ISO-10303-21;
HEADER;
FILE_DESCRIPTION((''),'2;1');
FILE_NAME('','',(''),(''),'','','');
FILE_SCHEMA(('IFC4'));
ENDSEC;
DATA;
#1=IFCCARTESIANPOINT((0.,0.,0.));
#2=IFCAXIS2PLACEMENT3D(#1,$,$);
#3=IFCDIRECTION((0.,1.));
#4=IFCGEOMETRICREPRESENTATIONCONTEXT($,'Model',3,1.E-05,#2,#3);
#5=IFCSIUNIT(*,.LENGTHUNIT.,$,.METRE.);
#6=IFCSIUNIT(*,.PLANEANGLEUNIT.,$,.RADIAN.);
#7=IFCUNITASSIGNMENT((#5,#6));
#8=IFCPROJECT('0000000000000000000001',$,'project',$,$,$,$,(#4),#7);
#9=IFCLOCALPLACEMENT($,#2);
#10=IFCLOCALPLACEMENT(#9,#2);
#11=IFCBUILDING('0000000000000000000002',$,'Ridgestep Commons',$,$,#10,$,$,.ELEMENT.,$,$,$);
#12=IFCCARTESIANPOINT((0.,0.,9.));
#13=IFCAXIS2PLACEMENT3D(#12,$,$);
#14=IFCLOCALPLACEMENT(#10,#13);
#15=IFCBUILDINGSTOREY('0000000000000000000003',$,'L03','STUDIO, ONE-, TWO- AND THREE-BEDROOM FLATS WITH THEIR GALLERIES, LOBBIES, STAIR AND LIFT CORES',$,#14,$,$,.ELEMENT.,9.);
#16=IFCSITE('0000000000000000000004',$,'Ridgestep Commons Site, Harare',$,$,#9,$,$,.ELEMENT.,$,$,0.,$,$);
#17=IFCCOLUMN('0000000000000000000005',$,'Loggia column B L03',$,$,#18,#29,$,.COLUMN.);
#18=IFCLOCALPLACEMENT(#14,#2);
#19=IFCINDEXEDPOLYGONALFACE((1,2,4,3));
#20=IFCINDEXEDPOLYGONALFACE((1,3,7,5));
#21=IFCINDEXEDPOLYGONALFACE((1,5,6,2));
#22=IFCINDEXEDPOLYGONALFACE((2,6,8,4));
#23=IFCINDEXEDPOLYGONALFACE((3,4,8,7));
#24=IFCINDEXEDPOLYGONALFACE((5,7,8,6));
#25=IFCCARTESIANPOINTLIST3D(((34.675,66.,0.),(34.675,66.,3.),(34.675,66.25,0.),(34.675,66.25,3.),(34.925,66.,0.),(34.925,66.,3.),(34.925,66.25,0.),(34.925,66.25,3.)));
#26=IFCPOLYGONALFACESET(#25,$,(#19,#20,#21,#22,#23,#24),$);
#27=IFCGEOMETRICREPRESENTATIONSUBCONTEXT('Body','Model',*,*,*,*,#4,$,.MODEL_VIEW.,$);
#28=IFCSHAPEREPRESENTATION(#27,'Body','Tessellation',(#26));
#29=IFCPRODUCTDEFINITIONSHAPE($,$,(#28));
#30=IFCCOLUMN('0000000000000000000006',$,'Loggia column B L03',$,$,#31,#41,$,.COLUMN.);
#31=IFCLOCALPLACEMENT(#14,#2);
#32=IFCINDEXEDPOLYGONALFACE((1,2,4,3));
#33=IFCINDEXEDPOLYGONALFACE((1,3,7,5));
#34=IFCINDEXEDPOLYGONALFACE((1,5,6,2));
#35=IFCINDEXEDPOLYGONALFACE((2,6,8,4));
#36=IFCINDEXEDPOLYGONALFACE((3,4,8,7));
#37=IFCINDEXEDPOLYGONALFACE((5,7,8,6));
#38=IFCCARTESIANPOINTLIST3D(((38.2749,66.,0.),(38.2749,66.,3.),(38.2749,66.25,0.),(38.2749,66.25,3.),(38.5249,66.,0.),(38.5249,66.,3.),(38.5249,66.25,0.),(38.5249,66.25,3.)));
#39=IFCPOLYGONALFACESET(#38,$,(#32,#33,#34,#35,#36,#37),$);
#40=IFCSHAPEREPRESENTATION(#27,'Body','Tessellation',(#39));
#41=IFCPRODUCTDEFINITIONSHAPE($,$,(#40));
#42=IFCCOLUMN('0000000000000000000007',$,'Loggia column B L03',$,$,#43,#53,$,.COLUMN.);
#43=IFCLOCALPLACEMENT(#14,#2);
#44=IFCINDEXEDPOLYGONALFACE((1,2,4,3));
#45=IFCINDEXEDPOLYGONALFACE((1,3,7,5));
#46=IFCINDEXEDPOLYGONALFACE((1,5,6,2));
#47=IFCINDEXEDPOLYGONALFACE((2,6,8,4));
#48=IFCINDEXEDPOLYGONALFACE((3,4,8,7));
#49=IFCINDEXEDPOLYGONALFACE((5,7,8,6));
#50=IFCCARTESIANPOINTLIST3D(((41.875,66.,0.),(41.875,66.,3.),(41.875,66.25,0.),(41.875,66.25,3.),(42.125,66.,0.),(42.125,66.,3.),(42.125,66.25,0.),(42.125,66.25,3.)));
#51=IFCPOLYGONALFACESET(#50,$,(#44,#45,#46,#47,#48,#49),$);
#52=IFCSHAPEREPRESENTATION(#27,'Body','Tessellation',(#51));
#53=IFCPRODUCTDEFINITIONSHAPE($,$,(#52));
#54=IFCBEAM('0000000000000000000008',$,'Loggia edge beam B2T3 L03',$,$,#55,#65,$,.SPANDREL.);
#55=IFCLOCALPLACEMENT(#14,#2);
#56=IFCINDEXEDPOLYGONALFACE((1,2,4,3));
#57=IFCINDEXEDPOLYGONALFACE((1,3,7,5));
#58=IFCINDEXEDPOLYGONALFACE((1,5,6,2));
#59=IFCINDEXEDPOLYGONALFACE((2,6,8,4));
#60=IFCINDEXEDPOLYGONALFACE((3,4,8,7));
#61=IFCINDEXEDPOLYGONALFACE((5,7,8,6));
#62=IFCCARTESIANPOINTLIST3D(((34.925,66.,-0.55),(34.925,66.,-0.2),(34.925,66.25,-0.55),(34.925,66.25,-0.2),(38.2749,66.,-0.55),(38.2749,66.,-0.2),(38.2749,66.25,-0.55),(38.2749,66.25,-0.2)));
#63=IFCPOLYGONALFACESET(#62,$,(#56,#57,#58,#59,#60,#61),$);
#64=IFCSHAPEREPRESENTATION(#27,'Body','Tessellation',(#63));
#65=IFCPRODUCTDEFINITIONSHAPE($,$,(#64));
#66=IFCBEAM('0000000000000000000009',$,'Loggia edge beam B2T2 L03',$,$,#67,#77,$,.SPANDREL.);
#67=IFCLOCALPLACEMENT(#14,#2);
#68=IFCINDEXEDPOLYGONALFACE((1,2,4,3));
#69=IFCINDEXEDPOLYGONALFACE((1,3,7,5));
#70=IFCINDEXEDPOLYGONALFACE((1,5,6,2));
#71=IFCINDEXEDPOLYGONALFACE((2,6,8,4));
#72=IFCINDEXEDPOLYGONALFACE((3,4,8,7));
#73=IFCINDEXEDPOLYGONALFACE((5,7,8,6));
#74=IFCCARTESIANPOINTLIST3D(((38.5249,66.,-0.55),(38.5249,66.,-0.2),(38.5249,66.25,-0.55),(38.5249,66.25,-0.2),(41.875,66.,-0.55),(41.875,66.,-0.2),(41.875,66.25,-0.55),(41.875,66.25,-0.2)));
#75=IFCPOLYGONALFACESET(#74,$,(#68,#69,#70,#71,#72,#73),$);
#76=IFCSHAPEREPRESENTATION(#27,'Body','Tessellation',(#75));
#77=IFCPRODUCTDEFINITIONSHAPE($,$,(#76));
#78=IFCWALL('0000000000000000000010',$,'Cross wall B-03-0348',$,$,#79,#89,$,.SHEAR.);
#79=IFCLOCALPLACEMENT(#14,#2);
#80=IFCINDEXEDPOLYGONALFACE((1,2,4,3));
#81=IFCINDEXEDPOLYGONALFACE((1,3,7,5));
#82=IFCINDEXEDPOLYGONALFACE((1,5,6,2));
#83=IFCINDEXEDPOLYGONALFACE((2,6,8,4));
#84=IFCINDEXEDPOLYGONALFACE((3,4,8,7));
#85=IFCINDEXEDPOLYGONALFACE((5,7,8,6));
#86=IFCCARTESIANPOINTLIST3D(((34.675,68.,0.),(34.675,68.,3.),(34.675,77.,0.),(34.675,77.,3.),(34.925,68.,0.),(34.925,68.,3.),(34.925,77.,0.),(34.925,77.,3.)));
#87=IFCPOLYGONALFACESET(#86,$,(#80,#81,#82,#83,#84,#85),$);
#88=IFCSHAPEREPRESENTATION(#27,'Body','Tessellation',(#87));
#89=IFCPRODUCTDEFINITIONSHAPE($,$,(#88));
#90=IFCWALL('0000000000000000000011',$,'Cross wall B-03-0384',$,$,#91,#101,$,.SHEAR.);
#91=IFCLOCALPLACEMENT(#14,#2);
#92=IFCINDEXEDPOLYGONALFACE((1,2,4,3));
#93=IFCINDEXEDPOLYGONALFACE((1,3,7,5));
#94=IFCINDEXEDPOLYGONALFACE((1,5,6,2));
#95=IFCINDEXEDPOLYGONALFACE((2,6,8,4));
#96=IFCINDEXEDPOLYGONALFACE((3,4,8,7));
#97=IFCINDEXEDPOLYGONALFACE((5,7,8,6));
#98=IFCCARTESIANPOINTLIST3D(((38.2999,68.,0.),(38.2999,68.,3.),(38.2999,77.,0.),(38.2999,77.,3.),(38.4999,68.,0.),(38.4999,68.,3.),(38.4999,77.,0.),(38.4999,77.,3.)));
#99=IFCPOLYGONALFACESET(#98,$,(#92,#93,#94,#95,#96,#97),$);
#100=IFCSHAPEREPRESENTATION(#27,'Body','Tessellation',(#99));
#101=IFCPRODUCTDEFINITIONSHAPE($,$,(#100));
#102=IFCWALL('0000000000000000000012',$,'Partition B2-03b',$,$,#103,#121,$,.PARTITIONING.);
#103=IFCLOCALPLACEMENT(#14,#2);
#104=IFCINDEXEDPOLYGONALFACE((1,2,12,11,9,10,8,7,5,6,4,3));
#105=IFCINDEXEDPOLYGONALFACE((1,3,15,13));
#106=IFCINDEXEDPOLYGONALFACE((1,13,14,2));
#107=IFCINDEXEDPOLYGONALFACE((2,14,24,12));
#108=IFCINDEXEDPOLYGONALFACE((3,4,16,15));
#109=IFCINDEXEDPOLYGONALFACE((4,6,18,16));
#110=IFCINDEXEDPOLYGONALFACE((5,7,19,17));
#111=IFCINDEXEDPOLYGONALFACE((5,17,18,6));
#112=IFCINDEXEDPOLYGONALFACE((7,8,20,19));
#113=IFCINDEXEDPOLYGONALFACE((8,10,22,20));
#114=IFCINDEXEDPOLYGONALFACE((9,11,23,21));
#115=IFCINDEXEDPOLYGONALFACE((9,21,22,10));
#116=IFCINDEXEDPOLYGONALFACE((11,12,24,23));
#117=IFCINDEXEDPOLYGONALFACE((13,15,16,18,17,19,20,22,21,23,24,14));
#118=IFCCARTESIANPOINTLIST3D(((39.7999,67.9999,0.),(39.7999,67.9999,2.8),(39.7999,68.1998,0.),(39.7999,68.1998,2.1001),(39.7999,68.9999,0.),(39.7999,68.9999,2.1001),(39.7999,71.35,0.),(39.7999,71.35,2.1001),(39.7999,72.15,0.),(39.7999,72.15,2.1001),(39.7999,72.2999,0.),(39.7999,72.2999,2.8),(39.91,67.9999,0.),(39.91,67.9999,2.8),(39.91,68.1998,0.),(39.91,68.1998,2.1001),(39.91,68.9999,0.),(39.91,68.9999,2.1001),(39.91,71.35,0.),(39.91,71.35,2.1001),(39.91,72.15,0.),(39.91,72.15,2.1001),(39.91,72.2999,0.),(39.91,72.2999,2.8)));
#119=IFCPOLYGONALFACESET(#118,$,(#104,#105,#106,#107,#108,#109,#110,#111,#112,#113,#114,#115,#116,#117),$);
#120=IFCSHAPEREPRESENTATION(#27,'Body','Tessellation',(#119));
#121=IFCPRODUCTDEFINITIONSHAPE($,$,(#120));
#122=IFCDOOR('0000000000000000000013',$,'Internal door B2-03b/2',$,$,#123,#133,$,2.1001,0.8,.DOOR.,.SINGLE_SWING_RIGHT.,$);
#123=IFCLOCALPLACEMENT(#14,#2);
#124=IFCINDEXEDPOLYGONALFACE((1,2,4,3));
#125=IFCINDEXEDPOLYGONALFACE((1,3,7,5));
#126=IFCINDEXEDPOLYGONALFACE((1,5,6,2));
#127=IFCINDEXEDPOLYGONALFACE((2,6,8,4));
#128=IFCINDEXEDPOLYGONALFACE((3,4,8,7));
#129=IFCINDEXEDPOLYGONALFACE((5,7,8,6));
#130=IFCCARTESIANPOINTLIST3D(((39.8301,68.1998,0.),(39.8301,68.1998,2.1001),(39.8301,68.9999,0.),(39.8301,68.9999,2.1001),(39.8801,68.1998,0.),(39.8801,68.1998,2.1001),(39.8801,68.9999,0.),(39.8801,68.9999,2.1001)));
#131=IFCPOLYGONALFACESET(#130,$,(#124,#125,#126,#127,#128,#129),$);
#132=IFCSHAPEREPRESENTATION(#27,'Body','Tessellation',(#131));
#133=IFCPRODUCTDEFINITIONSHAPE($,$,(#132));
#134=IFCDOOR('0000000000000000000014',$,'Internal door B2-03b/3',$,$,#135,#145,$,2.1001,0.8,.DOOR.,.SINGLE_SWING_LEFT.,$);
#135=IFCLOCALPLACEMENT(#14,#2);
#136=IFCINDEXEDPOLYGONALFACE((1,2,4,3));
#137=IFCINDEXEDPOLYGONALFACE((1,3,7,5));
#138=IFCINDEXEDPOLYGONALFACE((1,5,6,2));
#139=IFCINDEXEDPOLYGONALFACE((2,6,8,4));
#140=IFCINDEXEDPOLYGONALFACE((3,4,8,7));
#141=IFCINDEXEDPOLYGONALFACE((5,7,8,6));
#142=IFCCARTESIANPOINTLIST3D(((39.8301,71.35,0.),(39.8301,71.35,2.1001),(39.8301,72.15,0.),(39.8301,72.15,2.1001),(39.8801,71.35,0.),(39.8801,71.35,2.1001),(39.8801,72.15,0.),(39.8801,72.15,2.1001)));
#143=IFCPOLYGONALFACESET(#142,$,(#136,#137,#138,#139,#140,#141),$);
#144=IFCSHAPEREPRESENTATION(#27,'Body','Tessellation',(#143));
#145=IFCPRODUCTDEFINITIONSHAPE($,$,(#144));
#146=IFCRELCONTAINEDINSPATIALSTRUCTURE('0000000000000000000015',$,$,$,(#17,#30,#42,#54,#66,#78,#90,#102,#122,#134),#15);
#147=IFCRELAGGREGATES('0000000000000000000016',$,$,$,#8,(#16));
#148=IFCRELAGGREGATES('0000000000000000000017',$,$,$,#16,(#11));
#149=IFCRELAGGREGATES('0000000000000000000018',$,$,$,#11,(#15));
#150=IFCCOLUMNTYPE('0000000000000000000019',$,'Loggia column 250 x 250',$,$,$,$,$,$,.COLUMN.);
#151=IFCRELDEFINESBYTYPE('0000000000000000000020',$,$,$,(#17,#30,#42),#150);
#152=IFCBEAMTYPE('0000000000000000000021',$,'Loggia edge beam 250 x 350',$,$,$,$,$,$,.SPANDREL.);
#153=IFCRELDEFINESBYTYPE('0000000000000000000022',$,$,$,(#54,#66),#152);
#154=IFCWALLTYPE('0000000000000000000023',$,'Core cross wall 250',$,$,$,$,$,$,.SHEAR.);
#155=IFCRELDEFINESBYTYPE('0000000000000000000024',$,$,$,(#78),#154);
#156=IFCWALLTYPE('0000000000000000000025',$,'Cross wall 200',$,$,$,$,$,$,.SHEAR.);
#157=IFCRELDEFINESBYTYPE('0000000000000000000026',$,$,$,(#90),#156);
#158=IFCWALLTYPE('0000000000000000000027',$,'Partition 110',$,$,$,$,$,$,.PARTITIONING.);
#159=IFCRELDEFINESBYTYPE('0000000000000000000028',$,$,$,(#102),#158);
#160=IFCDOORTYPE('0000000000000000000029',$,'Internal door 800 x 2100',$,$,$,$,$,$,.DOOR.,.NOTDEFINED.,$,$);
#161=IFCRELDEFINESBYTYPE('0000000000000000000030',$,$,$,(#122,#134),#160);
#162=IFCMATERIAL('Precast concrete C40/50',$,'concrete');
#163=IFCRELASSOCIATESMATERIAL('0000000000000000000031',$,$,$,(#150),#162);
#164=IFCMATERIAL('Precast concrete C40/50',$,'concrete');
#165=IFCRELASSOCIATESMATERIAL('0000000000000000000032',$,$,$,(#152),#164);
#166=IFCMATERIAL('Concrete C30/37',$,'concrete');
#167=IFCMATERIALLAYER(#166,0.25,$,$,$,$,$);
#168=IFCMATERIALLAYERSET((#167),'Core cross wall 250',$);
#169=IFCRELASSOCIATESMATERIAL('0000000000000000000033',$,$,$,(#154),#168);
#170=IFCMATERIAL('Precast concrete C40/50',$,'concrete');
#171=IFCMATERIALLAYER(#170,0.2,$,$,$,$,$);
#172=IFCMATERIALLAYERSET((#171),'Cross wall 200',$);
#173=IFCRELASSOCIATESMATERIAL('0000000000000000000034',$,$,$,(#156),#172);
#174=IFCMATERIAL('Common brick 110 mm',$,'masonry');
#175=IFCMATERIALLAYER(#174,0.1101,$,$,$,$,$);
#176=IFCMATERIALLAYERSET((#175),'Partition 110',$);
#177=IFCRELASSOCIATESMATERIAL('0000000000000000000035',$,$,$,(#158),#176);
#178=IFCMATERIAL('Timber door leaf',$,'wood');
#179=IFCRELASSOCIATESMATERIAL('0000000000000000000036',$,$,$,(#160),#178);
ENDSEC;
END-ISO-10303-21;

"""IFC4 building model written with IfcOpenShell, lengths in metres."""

from ifc_helpers import new_model, si_unit, direction, frame, frame_2d, origin, origin_2d, place, context, subcontext, project, spatial, rectangle, extrude, material, layer, layer_set, material_profile, profile_set, type_object, element, fill, save


model = new_model("IFC4")

# Units and contexts
model_context = context("Model", 3, precision=1e-05, world=origin(), true_north=direction((0.0, 1.0)))
body_context = subcontext(model_context, "Body", "Model", "MODEL_VIEW")
ifc_project = project(units=[si_unit("LENGTHUNIT", "METRE"), si_unit("PLANEANGLEUNIT", "RADIAN")], contexts=[model_context])

# Site, building, storey
site_placement = place(None, origin())
site = spatial("IfcSite", under=ifc_project, at=site_placement, Name="Ridgestep Commons Site, Harare", CompositionType="ELEMENT", RefElevation=0.0)
building_placement = place(site_placement, origin())
building = spatial("IfcBuilding", under=site, at=building_placement, Name="Ridgestep Commons", CompositionType="ELEMENT")
storey_placement = place(building_placement, frame((0.0, 0.0, 9.0)))
storey = spatial("IfcBuildingStorey", under=building, at=storey_placement, Name="L03", Description="STUDIO, ONE-, TWO- AND THREE-BEDROOM FLATS WITH THEIR GALLERIES, LOBBIES, STAIR AND LIFT CORES", CompositionType="ELEMENT", Elevation=9.0)

# Columns
ifc_material_1 = material(Name="Precast concrete C40/50", Category="concrete")
ifc_material_profile_1 = material_profile(ifc_material_1, rectangle(XDim=0.25, YDim=0.25, at=origin_2d()), Name="PC 250x250")
ifc_profile_set_1 = profile_set([ifc_material_profile_1], Name="Precast concrete C40/50")
column_type = type_object("IfcColumnType", Name="Loggia column 250 x 250", PredefinedType="COLUMN", material=ifc_profile_set_1)
for number, where, z_axis, x_axis, name in (
    (1, (34.8, 66.125, 0.0), (0.0, 0.0, 1.0), (1.0, 0.0, 0.0), "Loggia column B L03"),
    (2, (38.3999, 66.125, 0.0), (0.0, 0.0, 1.0), (1.0, 0.0, 0.0), "Loggia column B L03"),
    (3, (42.0, 66.125, 0.0), (0.0, 0.0, 1.0), (1.0, 0.0, 0.0), "Loggia column B L03"),
):
    element("IfcColumn", number, at=place(storey_placement, frame(where, z_axis=z_axis, x_axis=x_axis)), inside=storey, type_object=column_type, Name=name, PredefinedType="COLUMN", context=body_context, shape_type="SweptSolid", body=[
        extrude(rectangle(XDim=0.25, YDim=0.25, at=origin_2d()), origin(), (0.0, 0.0, 1.0), 3.0),
    ])

# Beams
ifc_material_2 = material(Name="Precast concrete C40/50", Category="concrete")
ifc_material_profile_2 = material_profile(ifc_material_2, rectangle(XDim=0.25, YDim=0.3501, at=origin_2d()), Name="PC 250x350")
ifc_profile_set_2 = profile_set([ifc_material_profile_2], Name="Precast concrete C40/50")
beam_type = type_object("IfcBeamType", Name="Loggia edge beam 250 x 350", PredefinedType="SPANDREL", material=ifc_profile_set_2)
beam_1_placement = place(storey_placement, frame((34.925, 66.125, -0.375), z_axis=(1.0, 0.0, 0.0), x_axis=(0.0, 1.0, 0.0)))
element("IfcBeam", 4, at=beam_1_placement, inside=storey, type_object=beam_type, Name="Loggia edge beam B2T3 L03", PredefinedType="SPANDREL", context=body_context, shape_type="SweptSolid", body=[
    extrude(rectangle(XDim=0.25, YDim=0.3501, at=origin_2d()), origin(), (0.0, 0.0, 1.0), 3.3499),
])
beam_2_placement = place(storey_placement, frame((38.5249, 66.125, -0.375), z_axis=(1.0, 0.0, 0.0), x_axis=(0.0, 1.0, 0.0)))
element("IfcBeam", 5, at=beam_2_placement, inside=storey, type_object=beam_type, Name="Loggia edge beam B2T2 L03", PredefinedType="SPANDREL", context=body_context, shape_type="SweptSolid", body=[
    extrude(rectangle(XDim=0.25, YDim=0.3501, at=origin_2d()), origin(), (0.0, 0.0, 1.0), 3.3501),
])

# Walls
ifc_material_3 = material(Name="Concrete C30/37", Category="concrete")
ifc_layer_1 = layer(ifc_material_3, 0.25)
ifc_layer_set_1 = layer_set([ifc_layer_1], Name="Core cross wall 250")
wall_type_1 = type_object("IfcWallType", Name="Core cross wall 250", PredefinedType="SHEAR", material=ifc_layer_set_1)
wall_1_placement = place(storey_placement, frame((34.8, 68.0, 0.0), z_axis=(0.0, 0.0, 1.0), x_axis=(0.0, 1.0, 0.0)))
element("IfcWall", 6, at=wall_1_placement, inside=storey, type_object=wall_type_1, Name="Cross wall B-03-0348", PredefinedType="SHEAR", context=body_context, shape_type="SweptSolid", body=[
    extrude(rectangle(XDim=9.0, YDim=0.25, at=frame_2d((4.5, 0.0))), origin(), (0.0, 0.0, 1.0), 3.0),
])
ifc_material_4 = material(Name="Precast concrete C40/50", Category="concrete")
ifc_layer_2 = layer(ifc_material_4, 0.2)
ifc_layer_set_2 = layer_set([ifc_layer_2], Name="Cross wall 200")
wall_type_2 = type_object("IfcWallType", Name="Cross wall 200", PredefinedType="SHEAR", material=ifc_layer_set_2)
wall_2_placement = place(storey_placement, frame((38.3999, 68.0, 0.0), z_axis=(0.0, 0.0, 1.0), x_axis=(0.0, 1.0, 0.0)))
element("IfcWall", 7, at=wall_2_placement, inside=storey, type_object=wall_type_2, Name="Cross wall B-03-0384", PredefinedType="SHEAR", context=body_context, shape_type="SweptSolid", body=[
    extrude(rectangle(XDim=9.0, YDim=0.2, at=frame_2d((4.5, 0.0))), origin(), (0.0, 0.0, 1.0), 3.0),
])

# Wall, openings, doors
ifc_material_5 = material(Name="Common brick 110 mm", Category="masonry")
ifc_layer_3 = layer(ifc_material_5, 0.1101)
ifc_layer_set_3 = layer_set([ifc_layer_3], Name="Partition 110")
wall_type_3 = type_object("IfcWallType", Name="Partition 110", PredefinedType="PARTITIONING", material=ifc_layer_set_3)
wall_3_placement = place(storey_placement, frame((39.855, 68.0, 0.0), z_axis=(0.0, 0.0, 1.0), x_axis=(0.0, 1.0, 0.0)))
wall_3 = element("IfcWall", 8, at=wall_3_placement, inside=storey, type_object=wall_type_3, Name="Partition B2-03b", PredefinedType="PARTITIONING", context=body_context, shape_type="SweptSolid", body=[
    extrude(rectangle(XDim=4.3, YDim=0.1101, at=frame_2d((2.1499, 0.0))), origin(), (0.0, 0.0, 1.0), 2.8),
])
opening_1_placement = place(wall_3_placement, frame((0.2, 0.0, 0.0)))
opening_1 = element("IfcOpeningElement", 9, at=opening_1_placement, cuts=wall_3, PredefinedType="OPENING", context=body_context, shape_type="SweptSolid", body=[
    extrude(rectangle(XDim=0.8, YDim=2.1001, at=frame_2d((0.3999, 1.05))), frame((0.0, 0.0649, 0.0), z_axis=(0.0, -1.0, 0.0), x_axis=(1.0, 0.0, 0.0)), (0.0, 0.0, 1.0), 0.1301),
])
opening_2_placement = place(wall_3_placement, frame((3.3501, 0.0, 0.0)))
opening_2 = element("IfcOpeningElement", 10, at=opening_2_placement, cuts=wall_3, PredefinedType="OPENING", context=body_context, shape_type="SweptSolid", body=[
    extrude(rectangle(XDim=0.8, YDim=2.1001, at=frame_2d((0.3999, 1.05))), frame((0.0, 0.0649, 0.0), z_axis=(0.0, -1.0, 0.0), x_axis=(1.0, 0.0, 0.0)), (0.0, 0.0, 1.0), 0.1301),
])
ifc_material_6 = material(Name="Timber door leaf", Category="wood")
door_type_1 = type_object("IfcDoorType", Name="Internal door 800 x 2100", OperationType="NOTDEFINED", PredefinedType="DOOR", material=ifc_material_6)
door_1_placement = place(opening_1_placement, origin())
door_1 = element("IfcDoor", 11, at=door_1_placement, inside=storey, type_object=door_type_1, Name="Internal door B2-03b/2", OperationType="SINGLE_SWING_RIGHT", OverallHeight=2.1001, OverallWidth=0.8, PredefinedType="DOOR", context=body_context, shape_type="SweptSolid", body=[
    extrude(rectangle(XDim=0.8, YDim=2.1001, at=frame_2d((0.3999, 1.05))), frame((0.0, 0.0249, 0.0), z_axis=(0.0, -1.0, 0.0), x_axis=(1.0, 0.0, 0.0)), (0.0, 0.0, 1.0), 0.05),
])
fill(opening_1, door_1)
door_2_placement = place(opening_2_placement, origin())
door_2 = element("IfcDoor", 12, at=door_2_placement, inside=storey, type_object=door_type_1, Name="Internal door B2-03b/3", OperationType="SINGLE_SWING_LEFT", OverallHeight=2.1001, OverallWidth=0.8, PredefinedType="DOOR", context=body_context, shape_type="SweptSolid", body=[
    extrude(rectangle(XDim=0.8, YDim=2.1001, at=frame_2d((0.3999, 1.05))), frame((0.0, 0.0249, 0.0), z_axis=(0.0, -1.0, 0.0), x_axis=(1.0, 0.0, 0.0)), (0.0, 0.0, 1.0), 0.05),
])
fill(opening_2, door_2)

save(model, "model.ifc")
